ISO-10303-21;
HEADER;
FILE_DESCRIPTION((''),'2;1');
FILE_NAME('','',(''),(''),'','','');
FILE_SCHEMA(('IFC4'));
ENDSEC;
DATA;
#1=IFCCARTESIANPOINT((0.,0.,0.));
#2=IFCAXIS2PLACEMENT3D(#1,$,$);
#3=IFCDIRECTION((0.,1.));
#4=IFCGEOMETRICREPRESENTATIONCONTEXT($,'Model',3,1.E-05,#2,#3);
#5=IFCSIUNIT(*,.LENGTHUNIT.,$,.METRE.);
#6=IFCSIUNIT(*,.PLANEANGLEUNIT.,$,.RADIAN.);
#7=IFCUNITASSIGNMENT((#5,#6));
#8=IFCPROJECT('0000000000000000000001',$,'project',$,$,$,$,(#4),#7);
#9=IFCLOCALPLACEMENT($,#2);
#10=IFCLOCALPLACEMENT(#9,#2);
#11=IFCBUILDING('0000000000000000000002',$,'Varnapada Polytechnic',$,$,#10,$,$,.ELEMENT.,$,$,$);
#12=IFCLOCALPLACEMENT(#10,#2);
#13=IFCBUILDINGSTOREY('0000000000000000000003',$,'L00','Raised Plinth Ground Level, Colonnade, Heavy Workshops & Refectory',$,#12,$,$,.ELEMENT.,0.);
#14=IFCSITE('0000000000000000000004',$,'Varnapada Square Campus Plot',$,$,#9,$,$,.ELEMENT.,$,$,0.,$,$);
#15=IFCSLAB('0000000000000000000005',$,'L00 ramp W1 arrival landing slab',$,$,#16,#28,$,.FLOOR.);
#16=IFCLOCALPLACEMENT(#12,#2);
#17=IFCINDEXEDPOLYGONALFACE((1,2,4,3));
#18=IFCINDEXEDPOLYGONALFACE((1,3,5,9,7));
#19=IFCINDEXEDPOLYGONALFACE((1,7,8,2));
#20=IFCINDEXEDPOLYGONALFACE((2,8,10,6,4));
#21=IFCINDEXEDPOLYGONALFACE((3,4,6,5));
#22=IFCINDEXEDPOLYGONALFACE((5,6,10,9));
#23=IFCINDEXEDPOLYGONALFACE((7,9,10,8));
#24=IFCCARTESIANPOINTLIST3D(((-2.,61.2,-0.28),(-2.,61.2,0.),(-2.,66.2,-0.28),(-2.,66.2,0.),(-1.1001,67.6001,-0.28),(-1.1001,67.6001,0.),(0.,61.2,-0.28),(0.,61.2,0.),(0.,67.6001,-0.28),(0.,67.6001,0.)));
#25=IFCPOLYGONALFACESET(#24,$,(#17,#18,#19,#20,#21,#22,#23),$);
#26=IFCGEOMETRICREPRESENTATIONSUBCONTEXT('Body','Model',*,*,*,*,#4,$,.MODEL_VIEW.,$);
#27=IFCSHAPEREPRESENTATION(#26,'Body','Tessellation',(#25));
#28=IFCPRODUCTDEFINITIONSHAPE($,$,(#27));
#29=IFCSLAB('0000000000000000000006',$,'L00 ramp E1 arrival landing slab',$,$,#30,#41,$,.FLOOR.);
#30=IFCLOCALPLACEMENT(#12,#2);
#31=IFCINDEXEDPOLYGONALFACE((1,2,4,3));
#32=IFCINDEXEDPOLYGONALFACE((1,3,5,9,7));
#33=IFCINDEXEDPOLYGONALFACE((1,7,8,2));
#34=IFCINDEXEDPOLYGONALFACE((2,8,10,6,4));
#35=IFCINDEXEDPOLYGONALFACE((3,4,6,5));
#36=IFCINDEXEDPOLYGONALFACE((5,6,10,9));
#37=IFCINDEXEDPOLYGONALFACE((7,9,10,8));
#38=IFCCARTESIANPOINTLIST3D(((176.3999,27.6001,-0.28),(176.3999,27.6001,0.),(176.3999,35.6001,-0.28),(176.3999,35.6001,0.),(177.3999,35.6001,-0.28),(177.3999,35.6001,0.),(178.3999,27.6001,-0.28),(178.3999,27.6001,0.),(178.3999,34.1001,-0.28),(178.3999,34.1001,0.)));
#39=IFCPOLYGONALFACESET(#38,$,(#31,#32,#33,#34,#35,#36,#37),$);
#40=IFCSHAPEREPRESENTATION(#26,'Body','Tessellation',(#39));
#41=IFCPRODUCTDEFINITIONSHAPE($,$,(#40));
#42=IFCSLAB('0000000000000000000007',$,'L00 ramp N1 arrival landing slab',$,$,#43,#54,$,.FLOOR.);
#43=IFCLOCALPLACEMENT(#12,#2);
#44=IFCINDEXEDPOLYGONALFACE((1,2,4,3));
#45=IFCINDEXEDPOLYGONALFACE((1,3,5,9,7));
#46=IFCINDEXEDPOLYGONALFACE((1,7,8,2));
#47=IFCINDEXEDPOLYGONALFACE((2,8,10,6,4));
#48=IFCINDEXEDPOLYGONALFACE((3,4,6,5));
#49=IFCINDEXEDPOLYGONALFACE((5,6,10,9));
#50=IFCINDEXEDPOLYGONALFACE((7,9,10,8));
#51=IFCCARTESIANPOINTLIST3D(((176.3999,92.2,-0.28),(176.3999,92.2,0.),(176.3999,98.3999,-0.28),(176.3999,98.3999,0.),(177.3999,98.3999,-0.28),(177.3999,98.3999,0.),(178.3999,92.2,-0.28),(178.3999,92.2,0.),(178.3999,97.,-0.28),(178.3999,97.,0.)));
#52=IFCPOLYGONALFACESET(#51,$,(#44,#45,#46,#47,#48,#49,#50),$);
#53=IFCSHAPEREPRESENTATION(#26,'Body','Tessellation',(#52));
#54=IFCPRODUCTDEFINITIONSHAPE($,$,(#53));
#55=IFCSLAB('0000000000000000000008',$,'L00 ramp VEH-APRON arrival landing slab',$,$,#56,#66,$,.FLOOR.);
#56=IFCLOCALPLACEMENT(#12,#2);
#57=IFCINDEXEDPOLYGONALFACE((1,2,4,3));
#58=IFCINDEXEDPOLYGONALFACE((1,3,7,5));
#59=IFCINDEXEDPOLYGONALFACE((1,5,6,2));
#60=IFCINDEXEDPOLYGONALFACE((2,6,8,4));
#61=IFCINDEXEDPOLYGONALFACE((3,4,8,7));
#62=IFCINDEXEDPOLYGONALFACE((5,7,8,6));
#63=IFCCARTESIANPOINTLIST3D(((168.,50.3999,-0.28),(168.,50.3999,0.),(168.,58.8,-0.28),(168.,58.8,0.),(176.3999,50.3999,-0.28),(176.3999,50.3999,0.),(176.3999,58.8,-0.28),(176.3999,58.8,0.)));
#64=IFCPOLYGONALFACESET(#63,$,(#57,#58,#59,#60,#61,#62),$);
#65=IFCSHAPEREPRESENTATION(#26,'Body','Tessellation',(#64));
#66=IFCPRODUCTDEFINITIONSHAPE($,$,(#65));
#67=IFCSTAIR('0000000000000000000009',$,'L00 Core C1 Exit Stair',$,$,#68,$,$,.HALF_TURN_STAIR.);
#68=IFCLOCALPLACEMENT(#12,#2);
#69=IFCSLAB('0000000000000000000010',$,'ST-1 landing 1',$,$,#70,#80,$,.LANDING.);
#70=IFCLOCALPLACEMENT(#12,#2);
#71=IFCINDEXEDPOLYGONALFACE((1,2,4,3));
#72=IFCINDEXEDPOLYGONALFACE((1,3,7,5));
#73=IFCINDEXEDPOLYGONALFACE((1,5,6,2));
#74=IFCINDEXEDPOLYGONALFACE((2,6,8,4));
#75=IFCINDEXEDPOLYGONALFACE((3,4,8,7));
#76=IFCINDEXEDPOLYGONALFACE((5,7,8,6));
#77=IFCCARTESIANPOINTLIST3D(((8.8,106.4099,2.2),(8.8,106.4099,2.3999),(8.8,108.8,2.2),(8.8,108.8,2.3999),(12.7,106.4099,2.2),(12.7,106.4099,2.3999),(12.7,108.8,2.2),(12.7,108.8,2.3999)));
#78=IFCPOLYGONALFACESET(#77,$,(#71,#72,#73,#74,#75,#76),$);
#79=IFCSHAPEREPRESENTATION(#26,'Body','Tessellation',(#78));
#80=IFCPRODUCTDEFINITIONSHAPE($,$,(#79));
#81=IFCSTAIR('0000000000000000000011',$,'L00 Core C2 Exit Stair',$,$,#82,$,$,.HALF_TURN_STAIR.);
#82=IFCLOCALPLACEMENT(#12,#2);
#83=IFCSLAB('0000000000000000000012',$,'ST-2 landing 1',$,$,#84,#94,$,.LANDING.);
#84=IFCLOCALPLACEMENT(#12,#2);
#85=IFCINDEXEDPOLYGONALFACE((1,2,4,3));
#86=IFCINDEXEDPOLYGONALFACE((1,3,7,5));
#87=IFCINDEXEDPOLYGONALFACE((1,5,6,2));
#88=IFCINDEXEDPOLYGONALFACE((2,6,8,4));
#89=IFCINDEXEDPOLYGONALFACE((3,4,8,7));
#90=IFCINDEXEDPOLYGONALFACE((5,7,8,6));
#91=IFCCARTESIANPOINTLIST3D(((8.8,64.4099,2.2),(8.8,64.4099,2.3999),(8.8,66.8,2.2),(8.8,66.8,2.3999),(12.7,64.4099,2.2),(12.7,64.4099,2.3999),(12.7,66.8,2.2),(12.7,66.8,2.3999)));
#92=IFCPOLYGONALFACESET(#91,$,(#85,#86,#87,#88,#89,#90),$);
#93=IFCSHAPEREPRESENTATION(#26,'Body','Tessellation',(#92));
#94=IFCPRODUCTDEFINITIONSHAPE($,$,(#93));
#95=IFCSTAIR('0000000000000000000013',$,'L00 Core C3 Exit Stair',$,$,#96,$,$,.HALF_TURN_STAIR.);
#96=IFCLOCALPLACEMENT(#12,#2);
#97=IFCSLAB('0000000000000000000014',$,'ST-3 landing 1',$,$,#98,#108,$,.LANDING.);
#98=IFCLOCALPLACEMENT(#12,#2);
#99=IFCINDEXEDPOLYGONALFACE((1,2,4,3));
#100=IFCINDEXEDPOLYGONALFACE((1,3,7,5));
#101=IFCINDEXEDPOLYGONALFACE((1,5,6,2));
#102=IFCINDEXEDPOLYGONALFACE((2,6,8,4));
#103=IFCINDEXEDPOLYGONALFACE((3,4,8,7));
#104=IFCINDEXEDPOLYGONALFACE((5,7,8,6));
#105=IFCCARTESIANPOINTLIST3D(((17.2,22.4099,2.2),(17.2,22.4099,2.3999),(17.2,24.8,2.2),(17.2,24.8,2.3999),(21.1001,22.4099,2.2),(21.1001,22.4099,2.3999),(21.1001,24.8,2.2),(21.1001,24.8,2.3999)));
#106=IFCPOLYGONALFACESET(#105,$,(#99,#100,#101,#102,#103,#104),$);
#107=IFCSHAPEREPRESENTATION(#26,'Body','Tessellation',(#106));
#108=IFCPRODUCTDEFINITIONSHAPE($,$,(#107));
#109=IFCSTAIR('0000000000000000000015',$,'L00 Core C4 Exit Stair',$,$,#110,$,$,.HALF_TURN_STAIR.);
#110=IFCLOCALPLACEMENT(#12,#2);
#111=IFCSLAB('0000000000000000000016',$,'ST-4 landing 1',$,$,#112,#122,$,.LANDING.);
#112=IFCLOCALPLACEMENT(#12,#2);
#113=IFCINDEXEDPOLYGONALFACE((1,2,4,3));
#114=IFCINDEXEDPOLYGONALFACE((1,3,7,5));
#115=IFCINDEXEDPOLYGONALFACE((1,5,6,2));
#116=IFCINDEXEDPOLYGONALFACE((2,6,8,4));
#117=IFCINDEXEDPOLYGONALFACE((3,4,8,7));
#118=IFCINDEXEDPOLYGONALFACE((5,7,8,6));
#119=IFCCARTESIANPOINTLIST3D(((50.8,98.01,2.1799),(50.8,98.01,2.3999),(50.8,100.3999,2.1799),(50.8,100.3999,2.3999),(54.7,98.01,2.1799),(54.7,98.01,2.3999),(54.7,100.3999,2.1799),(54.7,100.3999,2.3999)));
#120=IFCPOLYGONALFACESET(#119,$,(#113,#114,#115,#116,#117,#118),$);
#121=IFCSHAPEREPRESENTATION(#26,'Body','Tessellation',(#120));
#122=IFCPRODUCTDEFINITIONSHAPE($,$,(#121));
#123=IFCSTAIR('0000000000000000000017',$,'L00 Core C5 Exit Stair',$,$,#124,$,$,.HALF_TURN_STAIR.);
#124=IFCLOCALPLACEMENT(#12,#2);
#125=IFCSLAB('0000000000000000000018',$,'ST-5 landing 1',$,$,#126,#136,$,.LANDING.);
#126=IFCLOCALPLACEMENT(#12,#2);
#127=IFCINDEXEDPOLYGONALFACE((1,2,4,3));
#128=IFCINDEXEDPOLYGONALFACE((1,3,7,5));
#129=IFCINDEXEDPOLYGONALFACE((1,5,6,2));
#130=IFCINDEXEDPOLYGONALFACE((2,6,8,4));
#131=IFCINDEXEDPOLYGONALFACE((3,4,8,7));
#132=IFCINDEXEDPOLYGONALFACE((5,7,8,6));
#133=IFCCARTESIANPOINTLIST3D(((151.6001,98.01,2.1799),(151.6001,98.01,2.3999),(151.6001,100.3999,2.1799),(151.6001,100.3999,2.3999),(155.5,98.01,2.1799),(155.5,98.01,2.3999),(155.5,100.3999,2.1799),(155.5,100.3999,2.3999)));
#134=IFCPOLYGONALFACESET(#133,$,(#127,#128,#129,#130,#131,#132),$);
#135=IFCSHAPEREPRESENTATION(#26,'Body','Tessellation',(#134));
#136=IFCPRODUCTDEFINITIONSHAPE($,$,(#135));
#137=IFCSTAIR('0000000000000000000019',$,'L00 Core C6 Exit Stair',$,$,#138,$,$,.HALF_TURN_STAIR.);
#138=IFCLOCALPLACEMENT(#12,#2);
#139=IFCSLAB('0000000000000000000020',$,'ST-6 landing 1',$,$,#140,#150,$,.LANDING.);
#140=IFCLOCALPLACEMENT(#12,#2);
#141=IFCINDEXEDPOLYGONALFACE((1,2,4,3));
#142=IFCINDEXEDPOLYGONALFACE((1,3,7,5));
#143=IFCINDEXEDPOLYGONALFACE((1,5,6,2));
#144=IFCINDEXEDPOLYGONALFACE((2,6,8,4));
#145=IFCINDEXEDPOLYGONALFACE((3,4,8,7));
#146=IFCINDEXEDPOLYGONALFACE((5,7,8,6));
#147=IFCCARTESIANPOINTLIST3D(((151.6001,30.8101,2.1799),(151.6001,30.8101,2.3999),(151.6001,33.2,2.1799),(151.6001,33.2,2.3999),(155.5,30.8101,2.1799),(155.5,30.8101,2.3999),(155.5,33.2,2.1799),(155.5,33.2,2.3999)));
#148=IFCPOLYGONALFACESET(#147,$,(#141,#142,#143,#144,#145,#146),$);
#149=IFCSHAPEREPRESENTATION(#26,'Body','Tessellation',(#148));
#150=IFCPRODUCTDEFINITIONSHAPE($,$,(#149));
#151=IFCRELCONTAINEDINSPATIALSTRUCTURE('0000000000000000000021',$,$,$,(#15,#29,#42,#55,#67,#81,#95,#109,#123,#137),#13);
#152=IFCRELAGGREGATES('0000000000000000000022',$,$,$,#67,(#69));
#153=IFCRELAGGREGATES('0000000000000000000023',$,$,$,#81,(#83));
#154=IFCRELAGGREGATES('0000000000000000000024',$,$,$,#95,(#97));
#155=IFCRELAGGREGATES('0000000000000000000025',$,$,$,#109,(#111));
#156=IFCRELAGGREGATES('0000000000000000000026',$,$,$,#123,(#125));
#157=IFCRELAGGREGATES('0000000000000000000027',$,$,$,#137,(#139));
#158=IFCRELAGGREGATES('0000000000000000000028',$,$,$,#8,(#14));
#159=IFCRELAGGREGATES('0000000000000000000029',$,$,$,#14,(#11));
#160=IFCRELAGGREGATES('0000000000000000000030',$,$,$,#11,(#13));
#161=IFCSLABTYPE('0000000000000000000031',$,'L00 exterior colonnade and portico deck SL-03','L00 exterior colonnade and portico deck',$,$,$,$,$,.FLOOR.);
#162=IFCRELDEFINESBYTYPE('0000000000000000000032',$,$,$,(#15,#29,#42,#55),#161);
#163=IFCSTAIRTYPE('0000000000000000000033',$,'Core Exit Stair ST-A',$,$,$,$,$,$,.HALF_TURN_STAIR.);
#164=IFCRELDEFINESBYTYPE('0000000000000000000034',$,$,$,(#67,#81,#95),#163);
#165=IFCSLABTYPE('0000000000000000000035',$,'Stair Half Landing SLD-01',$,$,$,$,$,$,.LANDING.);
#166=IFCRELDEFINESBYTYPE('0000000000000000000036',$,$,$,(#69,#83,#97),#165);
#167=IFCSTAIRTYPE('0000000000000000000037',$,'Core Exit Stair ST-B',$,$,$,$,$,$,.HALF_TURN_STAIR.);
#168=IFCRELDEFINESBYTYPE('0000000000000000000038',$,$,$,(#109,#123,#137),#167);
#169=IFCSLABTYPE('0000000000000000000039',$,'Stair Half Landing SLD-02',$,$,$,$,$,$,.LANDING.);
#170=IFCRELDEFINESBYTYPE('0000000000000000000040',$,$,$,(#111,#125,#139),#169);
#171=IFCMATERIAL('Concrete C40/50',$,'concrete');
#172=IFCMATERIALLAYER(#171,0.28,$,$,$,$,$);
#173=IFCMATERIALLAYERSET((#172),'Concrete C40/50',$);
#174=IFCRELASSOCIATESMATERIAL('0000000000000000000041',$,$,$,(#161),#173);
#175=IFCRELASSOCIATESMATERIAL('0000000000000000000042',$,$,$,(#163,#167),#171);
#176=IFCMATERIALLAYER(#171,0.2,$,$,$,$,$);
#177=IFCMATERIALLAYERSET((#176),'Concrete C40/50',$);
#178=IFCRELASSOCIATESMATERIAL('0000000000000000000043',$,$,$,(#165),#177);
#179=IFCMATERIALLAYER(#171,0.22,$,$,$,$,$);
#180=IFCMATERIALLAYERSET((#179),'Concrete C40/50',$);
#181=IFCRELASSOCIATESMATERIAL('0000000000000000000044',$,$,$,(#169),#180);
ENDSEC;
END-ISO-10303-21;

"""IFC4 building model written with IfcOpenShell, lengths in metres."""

from ifc_helpers import new_model, si_unit, direction, frame, origin, place, context, subcontext, project, spatial, polyline, outline, extrude, material, layer, layer_set, type_object, element, aggregate, save


model = new_model("IFC4")

# Units and contexts
model_context = context("Model", 3, precision=1e-05, world=origin(), true_north=direction((0.0, 1.0)))
body_context = subcontext(model_context, "Body", "Model", "MODEL_VIEW")
ifc_project = project(units=[si_unit("LENGTHUNIT", "METRE"), si_unit("PLANEANGLEUNIT", "RADIAN")], contexts=[model_context])

# Site, building, storey
site_placement = place(None, origin())
site = spatial("IfcSite", under=ifc_project, at=site_placement, Name="Varnapada Square Campus Plot", CompositionType="ELEMENT", RefElevation=0.0)
building_placement = place(site_placement, origin())
building = spatial("IfcBuilding", under=site, at=building_placement, Name="Varnapada Polytechnic", CompositionType="ELEMENT")
storey_placement = place(building_placement, origin())
storey = spatial("IfcBuildingStorey", under=building, at=storey_placement, Name="L00", Description="Raised Plinth Ground Level, Colonnade, Heavy Workshops & Refectory", CompositionType="ELEMENT", Elevation=0.0)

# Slabs
ifc_material_1 = material(Name="Concrete C40/50", Category="concrete")
ifc_layer_1 = layer(ifc_material_1, 0.28)
ifc_layer_set_1 = layer_set([ifc_layer_1], Name="Concrete C40/50")
slab_type_1 = type_object("IfcSlabType", Name="L00 exterior colonnade and portico deck SL-03", Description="L00 exterior colonnade and portico deck", PredefinedType="FLOOR", material=ifc_layer_set_1)
slab_1_placement = place(storey_placement, frame((0.0, 0.0, -0.28)))
element("IfcSlab", 1, at=slab_1_placement, inside=storey, type_object=slab_type_1, Name="L00 ramp W1 arrival landing slab", PredefinedType="FLOOR", context=body_context, shape_type="SweptSolid", body=[
    extrude(outline(polyline([(-2.0, 61.2), (0.0, 61.2), (0.0, 67.6001), (-1.1001, 67.6001), (-2.0, 66.2), (-2.0, 61.2)])), origin(), (0.0, 0.0, 1.0), 0.28),
])
slab_2_placement = place(storey_placement, frame((0.0, 0.0, -0.28)))
element("IfcSlab", 2, at=slab_2_placement, inside=storey, type_object=slab_type_1, Name="L00 ramp E1 arrival landing slab", PredefinedType="FLOOR", context=body_context, shape_type="SweptSolid", body=[
    extrude(outline(polyline([(176.3999, 27.6001), (178.3999, 27.6001), (178.3999, 34.1001), (177.3999, 35.6001), (176.3999, 35.6001), (176.3999, 27.6001)])), origin(), (0.0, 0.0, 1.0), 0.28),
])
slab_3_placement = place(storey_placement, frame((0.0, 0.0, -0.28)))
element("IfcSlab", 3, at=slab_3_placement, inside=storey, type_object=slab_type_1, Name="L00 ramp N1 arrival landing slab", PredefinedType="FLOOR", context=body_context, shape_type="SweptSolid", body=[
    extrude(outline(polyline([(176.3999, 92.2), (178.3999, 92.2), (178.3999, 97.0), (177.3999, 98.3999), (176.3999, 98.3999), (176.3999, 92.2)])), origin(), (0.0, 0.0, 1.0), 0.28),
])
slab_4_placement = place(storey_placement, frame((0.0, 0.0, -0.28)))
element("IfcSlab", 4, at=slab_4_placement, inside=storey, type_object=slab_type_1, Name="L00 ramp VEH-APRON arrival landing slab", PredefinedType="FLOOR", context=body_context, shape_type="SweptSolid", body=[
    extrude(outline(polyline([(168.0, 50.3999), (176.3999, 50.3999), (176.3999, 58.8), (168.0, 58.8), (168.0, 50.3999)])), origin(), (0.0, 0.0, 1.0), 0.28),
])

# Stairs, slabs
stair_type_1 = type_object("IfcStairType", Name="Core Exit Stair ST-A", PredefinedType="HALF_TURN_STAIR", material=ifc_material_1)
stair_1_placement = place(storey_placement, origin())
stair_1 = element("IfcStair", 5, at=stair_1_placement, inside=storey, type_object=stair_type_1, Name="L00 Core C1 Exit Stair", PredefinedType="HALF_TURN_STAIR")
ifc_layer_2 = layer(ifc_material_1, 0.2)
ifc_layer_set_2 = layer_set([ifc_layer_2], Name="Concrete C40/50")
slab_type_2 = type_object("IfcSlabType", Name="Stair Half Landing SLD-01", PredefinedType="LANDING", material=ifc_layer_set_2)
slab_5_placement = place(storey_placement, frame((0.0, 0.0, 2.2)))
slab_5 = element("IfcSlab", 6, at=slab_5_placement, type_object=slab_type_2, Name="ST-1 landing 1", PredefinedType="LANDING", context=body_context, shape_type="SweptSolid", body=[
    extrude(outline(polyline([(12.7, 106.4099), (12.7, 108.8), (8.8, 108.8), (8.8, 106.4099), (12.7, 106.4099)])), origin(), (0.0, 0.0, 1.0), 0.2),
])
aggregate(stair_1, [slab_5])
stair_2_placement = place(storey_placement, origin())
stair_2 = element("IfcStair", 7, at=stair_2_placement, inside=storey, type_object=stair_type_1, Name="L00 Core C2 Exit Stair", PredefinedType="HALF_TURN_STAIR")
slab_6_placement = place(storey_placement, frame((0.0, 0.0, 2.2)))
slab_6 = element("IfcSlab", 8, at=slab_6_placement, type_object=slab_type_2, Name="ST-2 landing 1", PredefinedType="LANDING", context=body_context, shape_type="SweptSolid", body=[
    extrude(outline(polyline([(12.7, 64.4099), (12.7, 66.8), (8.8, 66.8), (8.8, 64.4099), (12.7, 64.4099)])), origin(), (0.0, 0.0, 1.0), 0.2),
])
aggregate(stair_2, [slab_6])
stair_3_placement = place(storey_placement, origin())
stair_3 = element("IfcStair", 9, at=stair_3_placement, inside=storey, type_object=stair_type_1, Name="L00 Core C3 Exit Stair", PredefinedType="HALF_TURN_STAIR")
slab_7_placement = place(storey_placement, frame((0.0, 0.0, 2.2)))
slab_7 = element("IfcSlab", 10, at=slab_7_placement, type_object=slab_type_2, Name="ST-3 landing 1", PredefinedType="LANDING", context=body_context, shape_type="SweptSolid", body=[
    extrude(outline(polyline([(21.1001, 22.4099), (21.1001, 24.8), (17.2, 24.8), (17.2, 22.4099), (21.1001, 22.4099)])), origin(), (0.0, 0.0, 1.0), 0.2),
])
aggregate(stair_3, [slab_7])
stair_type_2 = type_object("IfcStairType", Name="Core Exit Stair ST-B", PredefinedType="HALF_TURN_STAIR", material=ifc_material_1)
stair_4_placement = place(storey_placement, origin())
stair_4 = element("IfcStair", 11, at=stair_4_placement, inside=storey, type_object=stair_type_2, Name="L00 Core C4 Exit Stair", PredefinedType="HALF_TURN_STAIR")
ifc_layer_3 = layer(ifc_material_1, 0.22)
ifc_layer_set_3 = layer_set([ifc_layer_3], Name="Concrete C40/50")
slab_type_3 = type_object("IfcSlabType", Name="Stair Half Landing SLD-02", PredefinedType="LANDING", material=ifc_layer_set_3)
slab_8_placement = place(storey_placement, frame((0.0, 0.0, 2.1799)))
slab_8 = element("IfcSlab", 12, at=slab_8_placement, type_object=slab_type_3, Name="ST-4 landing 1", PredefinedType="LANDING", context=body_context, shape_type="SweptSolid", body=[
    extrude(outline(polyline([(54.7, 98.01), (54.7, 100.3999), (50.8, 100.3999), (50.8, 98.01), (54.7, 98.01)])), origin(), (0.0, 0.0, 1.0), 0.22),
])
aggregate(stair_4, [slab_8])
stair_5_placement = place(storey_placement, origin())
stair_5 = element("IfcStair", 13, at=stair_5_placement, inside=storey, type_object=stair_type_2, Name="L00 Core C5 Exit Stair", PredefinedType="HALF_TURN_STAIR")
slab_9_placement = place(storey_placement, frame((0.0, 0.0, 2.1799)))
slab_9 = element("IfcSlab", 14, at=slab_9_placement, type_object=slab_type_3, Name="ST-5 landing 1", PredefinedType="LANDING", context=body_context, shape_type="SweptSolid", body=[
    extrude(outline(polyline([(155.5, 98.01), (155.5, 100.3999), (151.6001, 100.3999), (151.6001, 98.01), (155.5, 98.01)])), origin(), (0.0, 0.0, 1.0), 0.22),
])
aggregate(stair_5, [slab_9])
stair_6_placement = place(storey_placement, origin())
stair_6 = element("IfcStair", 15, at=stair_6_placement, inside=storey, type_object=stair_type_2, Name="L00 Core C6 Exit Stair", PredefinedType="HALF_TURN_STAIR")
slab_10_placement = place(storey_placement, frame((0.0, 0.0, 2.1799)))
slab_10 = element("IfcSlab", 16, at=slab_10_placement, type_object=slab_type_3, Name="ST-6 landing 1", PredefinedType="LANDING", context=body_context, shape_type="SweptSolid", body=[
    extrude(outline(polyline([(155.5, 30.8101), (155.5, 33.2), (151.6001, 33.2), (151.6001, 30.8101), (155.5, 30.8101)])), origin(), (0.0, 0.0, 1.0), 0.22),
])
aggregate(stair_6, [slab_10])

save(model, "model.ifc")
